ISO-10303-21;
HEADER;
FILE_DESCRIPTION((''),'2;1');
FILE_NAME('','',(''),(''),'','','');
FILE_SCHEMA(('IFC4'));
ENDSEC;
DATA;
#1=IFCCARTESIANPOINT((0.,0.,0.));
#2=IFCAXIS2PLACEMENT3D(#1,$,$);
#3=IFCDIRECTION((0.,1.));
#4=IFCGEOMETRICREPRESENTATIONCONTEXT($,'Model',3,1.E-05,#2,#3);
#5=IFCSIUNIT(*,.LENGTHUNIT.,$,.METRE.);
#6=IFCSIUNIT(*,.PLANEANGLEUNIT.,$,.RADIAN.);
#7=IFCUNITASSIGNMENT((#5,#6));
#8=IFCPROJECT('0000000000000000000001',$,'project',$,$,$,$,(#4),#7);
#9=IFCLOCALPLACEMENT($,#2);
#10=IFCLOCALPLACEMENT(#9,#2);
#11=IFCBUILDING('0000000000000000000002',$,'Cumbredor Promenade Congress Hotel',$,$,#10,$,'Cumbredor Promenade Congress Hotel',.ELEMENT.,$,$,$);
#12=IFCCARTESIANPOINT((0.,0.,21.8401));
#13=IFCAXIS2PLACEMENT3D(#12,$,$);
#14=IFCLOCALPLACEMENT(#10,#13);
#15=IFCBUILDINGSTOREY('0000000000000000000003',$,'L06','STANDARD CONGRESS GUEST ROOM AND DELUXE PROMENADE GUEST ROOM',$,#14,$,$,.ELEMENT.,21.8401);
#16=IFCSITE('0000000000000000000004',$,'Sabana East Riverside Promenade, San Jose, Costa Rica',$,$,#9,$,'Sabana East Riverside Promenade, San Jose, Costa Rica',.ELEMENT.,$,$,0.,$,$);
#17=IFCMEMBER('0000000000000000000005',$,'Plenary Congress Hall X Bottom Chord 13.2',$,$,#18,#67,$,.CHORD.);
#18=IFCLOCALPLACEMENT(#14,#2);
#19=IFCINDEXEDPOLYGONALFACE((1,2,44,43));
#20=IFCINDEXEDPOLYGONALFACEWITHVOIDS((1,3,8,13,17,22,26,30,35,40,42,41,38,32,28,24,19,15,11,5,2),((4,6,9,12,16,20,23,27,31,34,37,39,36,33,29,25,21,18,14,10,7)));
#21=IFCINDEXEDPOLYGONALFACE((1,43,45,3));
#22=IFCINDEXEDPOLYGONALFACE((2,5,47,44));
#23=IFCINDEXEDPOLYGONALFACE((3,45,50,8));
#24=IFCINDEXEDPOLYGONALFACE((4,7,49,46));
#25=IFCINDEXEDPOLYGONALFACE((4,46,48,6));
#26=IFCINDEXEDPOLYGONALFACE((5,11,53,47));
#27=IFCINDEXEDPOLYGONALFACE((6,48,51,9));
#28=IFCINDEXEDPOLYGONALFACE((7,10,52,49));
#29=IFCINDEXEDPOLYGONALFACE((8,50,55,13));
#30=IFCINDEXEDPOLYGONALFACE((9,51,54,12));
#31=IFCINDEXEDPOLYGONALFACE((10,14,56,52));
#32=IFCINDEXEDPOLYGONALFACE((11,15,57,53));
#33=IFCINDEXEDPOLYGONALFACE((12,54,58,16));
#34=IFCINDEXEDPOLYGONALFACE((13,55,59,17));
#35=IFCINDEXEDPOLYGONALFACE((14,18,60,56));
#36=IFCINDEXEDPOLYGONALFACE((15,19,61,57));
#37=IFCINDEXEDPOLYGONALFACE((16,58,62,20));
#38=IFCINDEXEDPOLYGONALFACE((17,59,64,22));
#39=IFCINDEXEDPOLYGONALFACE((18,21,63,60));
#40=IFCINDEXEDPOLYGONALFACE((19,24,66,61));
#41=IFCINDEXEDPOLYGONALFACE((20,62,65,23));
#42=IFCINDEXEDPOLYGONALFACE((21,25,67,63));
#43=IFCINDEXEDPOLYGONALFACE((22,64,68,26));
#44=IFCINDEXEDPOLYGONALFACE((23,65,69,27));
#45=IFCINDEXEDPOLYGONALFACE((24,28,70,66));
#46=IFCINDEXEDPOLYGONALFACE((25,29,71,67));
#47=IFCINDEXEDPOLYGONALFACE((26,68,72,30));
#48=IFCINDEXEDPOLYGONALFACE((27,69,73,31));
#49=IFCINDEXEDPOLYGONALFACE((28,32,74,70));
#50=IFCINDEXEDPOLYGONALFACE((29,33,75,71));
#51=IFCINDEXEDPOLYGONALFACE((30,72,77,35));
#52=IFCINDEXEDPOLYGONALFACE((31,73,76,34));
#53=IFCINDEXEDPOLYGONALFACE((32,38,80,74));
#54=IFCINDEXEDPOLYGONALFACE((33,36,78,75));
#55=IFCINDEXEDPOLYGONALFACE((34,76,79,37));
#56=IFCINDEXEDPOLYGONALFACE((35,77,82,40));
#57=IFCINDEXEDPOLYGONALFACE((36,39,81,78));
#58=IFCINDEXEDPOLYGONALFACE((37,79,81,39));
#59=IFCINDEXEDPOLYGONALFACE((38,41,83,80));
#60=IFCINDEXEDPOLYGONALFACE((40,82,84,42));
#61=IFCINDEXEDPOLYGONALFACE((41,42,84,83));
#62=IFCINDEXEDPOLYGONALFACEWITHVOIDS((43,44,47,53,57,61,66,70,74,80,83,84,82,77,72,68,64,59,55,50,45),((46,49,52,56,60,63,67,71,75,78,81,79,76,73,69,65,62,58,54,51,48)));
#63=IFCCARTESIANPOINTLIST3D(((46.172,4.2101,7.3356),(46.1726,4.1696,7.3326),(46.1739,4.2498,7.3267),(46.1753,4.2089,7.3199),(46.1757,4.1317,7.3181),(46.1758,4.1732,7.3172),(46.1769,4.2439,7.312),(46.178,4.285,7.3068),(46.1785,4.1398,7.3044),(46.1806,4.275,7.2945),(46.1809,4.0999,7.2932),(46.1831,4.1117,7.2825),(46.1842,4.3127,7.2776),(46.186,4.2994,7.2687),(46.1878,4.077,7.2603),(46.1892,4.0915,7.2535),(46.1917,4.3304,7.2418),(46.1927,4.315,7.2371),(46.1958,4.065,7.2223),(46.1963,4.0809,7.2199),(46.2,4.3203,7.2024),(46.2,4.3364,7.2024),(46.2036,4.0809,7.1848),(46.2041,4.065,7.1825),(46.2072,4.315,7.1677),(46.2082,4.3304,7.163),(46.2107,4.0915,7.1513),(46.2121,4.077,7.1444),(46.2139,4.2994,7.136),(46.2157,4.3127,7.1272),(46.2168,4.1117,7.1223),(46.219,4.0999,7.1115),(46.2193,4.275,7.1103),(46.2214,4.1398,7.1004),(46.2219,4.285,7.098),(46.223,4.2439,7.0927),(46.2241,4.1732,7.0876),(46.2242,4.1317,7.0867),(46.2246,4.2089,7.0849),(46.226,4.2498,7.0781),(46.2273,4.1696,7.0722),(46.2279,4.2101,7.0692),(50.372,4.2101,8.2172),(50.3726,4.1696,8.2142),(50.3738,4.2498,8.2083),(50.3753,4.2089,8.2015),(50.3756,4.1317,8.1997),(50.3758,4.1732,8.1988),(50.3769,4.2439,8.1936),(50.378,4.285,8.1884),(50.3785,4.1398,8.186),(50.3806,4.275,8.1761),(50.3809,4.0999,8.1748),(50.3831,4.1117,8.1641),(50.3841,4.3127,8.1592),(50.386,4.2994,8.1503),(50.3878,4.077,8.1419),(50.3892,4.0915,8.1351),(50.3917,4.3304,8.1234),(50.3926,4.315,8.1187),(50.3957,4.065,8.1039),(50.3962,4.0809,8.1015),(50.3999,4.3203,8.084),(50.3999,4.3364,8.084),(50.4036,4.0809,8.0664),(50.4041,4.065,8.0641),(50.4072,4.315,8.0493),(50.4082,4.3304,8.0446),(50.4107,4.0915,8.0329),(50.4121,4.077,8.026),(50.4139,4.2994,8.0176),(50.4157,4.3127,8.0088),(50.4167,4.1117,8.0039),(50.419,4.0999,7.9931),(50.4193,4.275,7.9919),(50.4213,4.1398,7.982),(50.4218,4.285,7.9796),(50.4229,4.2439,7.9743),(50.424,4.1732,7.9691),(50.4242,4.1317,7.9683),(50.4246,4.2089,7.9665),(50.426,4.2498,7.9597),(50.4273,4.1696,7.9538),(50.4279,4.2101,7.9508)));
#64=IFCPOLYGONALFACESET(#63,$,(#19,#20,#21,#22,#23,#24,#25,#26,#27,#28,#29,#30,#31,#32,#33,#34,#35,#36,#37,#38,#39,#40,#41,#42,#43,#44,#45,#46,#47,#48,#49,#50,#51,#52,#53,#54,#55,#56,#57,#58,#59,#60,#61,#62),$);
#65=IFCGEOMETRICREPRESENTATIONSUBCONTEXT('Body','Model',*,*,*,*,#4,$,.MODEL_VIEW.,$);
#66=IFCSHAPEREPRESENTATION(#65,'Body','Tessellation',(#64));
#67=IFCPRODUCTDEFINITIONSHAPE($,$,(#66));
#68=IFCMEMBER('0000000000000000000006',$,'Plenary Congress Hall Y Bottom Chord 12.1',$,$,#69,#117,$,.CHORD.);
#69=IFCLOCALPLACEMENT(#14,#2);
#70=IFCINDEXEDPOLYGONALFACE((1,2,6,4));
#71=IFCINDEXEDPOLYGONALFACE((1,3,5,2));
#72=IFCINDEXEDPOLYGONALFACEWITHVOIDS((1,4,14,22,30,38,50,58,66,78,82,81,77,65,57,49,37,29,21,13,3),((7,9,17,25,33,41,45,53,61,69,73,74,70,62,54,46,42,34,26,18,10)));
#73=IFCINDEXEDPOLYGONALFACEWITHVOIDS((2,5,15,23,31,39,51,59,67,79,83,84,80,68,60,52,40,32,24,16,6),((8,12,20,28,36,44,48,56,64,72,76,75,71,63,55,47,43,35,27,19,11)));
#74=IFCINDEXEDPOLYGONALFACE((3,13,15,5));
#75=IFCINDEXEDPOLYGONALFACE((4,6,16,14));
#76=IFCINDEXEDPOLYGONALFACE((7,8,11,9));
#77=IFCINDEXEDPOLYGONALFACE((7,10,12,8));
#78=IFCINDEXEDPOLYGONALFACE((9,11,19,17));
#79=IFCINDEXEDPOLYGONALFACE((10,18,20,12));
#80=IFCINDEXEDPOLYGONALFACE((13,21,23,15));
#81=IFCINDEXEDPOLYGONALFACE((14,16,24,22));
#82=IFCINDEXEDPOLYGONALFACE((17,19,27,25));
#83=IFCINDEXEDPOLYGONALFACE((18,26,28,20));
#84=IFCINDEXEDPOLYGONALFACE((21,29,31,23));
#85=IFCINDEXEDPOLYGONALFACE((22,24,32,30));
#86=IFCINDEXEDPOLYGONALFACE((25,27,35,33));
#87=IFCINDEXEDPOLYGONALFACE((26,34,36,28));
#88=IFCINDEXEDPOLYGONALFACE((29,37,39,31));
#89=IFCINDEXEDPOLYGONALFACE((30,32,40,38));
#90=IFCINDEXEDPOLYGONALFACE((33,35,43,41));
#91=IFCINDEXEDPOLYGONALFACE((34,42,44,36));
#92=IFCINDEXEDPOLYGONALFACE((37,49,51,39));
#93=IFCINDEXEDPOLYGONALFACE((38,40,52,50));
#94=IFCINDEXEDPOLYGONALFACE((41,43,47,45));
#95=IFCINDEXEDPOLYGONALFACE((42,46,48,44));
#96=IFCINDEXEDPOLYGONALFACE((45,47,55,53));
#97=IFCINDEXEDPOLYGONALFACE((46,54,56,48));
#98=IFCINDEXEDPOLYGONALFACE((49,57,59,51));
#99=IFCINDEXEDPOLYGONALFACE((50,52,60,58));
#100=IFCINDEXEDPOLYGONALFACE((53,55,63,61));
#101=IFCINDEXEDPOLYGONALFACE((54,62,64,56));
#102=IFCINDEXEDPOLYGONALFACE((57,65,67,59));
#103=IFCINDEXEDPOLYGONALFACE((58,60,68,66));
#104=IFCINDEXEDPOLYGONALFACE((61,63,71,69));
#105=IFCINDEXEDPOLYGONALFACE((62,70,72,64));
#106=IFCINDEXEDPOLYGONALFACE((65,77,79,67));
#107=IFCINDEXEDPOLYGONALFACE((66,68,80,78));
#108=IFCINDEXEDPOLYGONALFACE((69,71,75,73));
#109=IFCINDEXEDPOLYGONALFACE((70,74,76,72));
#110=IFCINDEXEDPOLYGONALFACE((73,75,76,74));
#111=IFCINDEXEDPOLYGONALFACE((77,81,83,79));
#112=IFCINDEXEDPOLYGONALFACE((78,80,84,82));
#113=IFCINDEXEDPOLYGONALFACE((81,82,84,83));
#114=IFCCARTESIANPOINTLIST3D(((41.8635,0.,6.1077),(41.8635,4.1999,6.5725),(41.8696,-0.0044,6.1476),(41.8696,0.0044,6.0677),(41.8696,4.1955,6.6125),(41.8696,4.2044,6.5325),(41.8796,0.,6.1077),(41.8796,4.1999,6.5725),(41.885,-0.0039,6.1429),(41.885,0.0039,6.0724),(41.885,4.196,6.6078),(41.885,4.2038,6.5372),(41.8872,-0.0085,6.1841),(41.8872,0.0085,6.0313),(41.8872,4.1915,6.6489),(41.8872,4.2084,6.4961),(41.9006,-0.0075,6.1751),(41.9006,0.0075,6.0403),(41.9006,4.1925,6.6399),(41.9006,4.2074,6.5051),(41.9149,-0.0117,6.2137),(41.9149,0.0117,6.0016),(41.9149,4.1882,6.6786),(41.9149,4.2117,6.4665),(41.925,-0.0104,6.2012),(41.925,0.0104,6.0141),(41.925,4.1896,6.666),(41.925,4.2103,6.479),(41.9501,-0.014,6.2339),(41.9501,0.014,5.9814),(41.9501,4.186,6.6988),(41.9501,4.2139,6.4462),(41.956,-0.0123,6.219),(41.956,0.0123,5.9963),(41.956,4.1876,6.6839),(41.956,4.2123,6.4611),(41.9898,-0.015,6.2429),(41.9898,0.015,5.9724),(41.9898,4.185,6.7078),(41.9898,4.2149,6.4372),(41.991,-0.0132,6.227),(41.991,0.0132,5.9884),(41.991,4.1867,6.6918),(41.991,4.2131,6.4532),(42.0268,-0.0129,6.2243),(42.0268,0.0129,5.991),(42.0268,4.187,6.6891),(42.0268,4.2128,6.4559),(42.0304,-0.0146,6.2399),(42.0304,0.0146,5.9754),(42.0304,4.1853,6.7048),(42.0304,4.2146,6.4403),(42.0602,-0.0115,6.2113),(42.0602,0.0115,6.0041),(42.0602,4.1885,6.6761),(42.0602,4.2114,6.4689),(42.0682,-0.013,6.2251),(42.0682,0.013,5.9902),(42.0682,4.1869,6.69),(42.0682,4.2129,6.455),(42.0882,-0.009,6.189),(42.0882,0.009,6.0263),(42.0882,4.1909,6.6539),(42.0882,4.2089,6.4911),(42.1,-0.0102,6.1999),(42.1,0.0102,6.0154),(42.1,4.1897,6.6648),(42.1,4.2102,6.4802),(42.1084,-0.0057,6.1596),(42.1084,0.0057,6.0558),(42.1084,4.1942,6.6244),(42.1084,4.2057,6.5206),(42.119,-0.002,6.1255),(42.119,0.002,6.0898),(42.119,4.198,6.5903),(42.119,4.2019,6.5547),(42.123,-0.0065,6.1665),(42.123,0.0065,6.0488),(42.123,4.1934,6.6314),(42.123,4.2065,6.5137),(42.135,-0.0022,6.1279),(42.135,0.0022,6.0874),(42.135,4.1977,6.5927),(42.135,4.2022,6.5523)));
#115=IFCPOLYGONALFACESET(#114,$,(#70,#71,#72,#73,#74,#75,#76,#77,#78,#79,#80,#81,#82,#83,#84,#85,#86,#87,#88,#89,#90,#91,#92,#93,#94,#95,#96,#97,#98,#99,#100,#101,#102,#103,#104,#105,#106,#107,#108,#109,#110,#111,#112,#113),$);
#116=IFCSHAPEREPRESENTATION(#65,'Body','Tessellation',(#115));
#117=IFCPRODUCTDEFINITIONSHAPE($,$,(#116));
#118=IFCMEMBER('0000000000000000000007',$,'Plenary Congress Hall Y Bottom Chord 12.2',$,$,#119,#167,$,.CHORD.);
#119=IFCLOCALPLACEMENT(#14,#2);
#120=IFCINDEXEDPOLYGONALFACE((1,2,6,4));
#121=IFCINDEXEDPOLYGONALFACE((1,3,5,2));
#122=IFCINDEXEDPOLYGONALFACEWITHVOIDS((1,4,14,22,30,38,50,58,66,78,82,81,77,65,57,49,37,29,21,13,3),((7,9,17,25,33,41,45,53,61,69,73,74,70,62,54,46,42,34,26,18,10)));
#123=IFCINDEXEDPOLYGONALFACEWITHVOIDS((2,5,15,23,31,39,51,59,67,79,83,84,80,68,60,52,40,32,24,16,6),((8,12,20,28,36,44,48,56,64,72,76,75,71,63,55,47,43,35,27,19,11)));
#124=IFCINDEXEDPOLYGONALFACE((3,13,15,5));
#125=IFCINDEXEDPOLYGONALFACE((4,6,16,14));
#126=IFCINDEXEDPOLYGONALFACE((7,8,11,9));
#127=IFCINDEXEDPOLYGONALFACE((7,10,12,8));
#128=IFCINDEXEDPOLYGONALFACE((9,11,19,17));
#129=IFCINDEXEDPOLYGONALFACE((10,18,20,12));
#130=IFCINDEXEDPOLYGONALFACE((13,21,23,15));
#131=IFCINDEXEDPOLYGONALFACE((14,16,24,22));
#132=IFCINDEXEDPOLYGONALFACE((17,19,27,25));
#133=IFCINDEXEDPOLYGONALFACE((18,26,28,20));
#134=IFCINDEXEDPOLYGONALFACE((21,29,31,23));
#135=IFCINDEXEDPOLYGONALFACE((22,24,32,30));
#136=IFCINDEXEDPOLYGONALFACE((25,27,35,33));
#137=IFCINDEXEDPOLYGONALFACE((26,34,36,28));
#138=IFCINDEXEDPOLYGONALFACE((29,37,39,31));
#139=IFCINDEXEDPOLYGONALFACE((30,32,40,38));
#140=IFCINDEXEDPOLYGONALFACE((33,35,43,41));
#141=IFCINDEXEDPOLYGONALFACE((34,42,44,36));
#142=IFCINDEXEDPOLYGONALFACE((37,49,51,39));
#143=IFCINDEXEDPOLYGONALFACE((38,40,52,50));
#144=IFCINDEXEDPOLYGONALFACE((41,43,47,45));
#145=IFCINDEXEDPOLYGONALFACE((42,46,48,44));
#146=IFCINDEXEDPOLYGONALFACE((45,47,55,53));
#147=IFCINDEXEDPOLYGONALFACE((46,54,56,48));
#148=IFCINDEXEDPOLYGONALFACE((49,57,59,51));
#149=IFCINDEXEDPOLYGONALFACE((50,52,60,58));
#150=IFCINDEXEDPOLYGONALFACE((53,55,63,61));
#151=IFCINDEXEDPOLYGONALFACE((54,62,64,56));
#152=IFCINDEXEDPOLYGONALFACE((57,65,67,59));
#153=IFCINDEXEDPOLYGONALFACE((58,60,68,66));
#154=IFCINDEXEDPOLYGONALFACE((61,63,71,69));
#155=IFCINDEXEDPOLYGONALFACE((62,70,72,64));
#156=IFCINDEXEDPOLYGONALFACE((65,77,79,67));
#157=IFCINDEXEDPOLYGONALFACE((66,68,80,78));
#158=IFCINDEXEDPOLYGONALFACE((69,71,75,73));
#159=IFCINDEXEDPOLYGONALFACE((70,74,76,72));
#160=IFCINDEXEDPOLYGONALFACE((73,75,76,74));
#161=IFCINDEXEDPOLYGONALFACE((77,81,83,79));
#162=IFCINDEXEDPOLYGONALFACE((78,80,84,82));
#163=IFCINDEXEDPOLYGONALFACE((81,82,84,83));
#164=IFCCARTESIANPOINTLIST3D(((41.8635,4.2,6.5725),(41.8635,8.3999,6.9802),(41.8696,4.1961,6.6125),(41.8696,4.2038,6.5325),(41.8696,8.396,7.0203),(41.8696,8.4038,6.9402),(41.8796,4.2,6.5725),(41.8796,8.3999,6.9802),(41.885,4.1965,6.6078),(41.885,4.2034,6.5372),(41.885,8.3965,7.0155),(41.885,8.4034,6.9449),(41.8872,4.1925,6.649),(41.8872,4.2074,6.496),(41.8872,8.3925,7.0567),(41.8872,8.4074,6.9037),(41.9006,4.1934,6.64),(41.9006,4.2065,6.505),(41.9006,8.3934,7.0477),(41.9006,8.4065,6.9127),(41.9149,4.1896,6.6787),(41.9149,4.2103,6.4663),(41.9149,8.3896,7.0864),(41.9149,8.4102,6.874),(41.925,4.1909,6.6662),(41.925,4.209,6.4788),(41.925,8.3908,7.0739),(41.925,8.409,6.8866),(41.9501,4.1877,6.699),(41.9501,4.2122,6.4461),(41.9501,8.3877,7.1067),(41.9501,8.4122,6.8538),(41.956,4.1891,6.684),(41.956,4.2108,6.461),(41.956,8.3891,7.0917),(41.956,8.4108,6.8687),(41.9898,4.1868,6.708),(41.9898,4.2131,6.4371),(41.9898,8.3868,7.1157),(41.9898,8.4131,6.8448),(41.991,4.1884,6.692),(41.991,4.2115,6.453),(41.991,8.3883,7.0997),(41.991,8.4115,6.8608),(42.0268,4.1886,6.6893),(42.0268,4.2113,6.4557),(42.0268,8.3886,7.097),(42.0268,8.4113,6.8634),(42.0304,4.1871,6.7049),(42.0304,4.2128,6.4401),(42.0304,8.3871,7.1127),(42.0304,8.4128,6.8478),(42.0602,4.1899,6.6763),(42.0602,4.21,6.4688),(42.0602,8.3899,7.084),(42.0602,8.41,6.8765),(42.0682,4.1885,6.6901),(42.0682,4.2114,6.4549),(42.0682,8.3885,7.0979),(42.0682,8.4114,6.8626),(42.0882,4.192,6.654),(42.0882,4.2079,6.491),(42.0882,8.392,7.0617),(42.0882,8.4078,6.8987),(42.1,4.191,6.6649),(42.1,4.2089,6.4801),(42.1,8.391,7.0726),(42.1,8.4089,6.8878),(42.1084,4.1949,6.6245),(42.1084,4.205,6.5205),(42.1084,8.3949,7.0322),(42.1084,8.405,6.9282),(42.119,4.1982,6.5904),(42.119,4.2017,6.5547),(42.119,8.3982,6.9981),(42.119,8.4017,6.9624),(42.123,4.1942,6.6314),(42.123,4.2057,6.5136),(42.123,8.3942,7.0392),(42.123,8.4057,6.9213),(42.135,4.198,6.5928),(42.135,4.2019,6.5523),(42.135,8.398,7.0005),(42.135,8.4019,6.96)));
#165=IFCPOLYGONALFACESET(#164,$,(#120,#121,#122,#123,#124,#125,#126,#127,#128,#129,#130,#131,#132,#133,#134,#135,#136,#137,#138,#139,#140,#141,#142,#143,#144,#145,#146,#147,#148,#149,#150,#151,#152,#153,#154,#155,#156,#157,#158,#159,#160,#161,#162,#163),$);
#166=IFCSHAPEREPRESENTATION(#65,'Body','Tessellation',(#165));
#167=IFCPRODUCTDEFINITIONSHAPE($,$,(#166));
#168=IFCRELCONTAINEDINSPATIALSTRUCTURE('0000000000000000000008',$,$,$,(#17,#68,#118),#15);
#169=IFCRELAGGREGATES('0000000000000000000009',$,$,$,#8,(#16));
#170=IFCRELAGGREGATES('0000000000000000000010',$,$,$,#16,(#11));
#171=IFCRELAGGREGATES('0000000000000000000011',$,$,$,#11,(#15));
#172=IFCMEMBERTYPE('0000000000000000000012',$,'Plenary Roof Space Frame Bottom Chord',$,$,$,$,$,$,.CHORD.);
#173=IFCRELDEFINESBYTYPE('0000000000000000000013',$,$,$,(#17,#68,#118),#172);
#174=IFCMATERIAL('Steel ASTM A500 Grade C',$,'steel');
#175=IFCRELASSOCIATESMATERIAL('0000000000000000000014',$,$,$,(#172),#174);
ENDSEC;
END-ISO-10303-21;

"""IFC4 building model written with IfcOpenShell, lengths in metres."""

from ifc_helpers import new_model, si_unit, direction, frame, origin, origin_2d, place, context, subcontext, project, spatial, hollow_circle, extrude, material, material_profile, profile_set, type_object, element, save


model = new_model("IFC4")

# Units and contexts
model_context = context("Model", 3, precision=1e-05, world=origin(), true_north=direction((0.0, 1.0)))
body_context = subcontext(model_context, "Body", "Model", "MODEL_VIEW")
ifc_project = project(units=[si_unit("LENGTHUNIT", "METRE"), si_unit("PLANEANGLEUNIT", "RADIAN")], contexts=[model_context])

# Site, building, storey
site_placement = place(None, origin())
site = spatial("IfcSite", under=ifc_project, at=site_placement, Name="Sabana East Riverside Promenade, San Jose, Costa Rica", LongName="Sabana East Riverside Promenade, San Jose, Costa Rica", CompositionType="ELEMENT", RefElevation=0.0)
building_placement = place(site_placement, origin())
building = spatial("IfcBuilding", under=site, at=building_placement, Name="Cumbredor Promenade Congress Hotel", LongName="Cumbredor Promenade Congress Hotel", CompositionType="ELEMENT")
storey_placement = place(building_placement, frame((0.0, 0.0, 21.8401)))
storey = spatial("IfcBuildingStorey", under=building, at=storey_placement, Name="L06", Description="STANDARD CONGRESS GUEST ROOM AND DELUXE PROMENADE GUEST ROOM", CompositionType="ELEMENT", Elevation=21.8401)

# Members
ifc_material_1 = material(Name="Steel ASTM A500 Grade C", Category="steel")
ifc_material_profile_1 = material_profile(ifc_material_1, hollow_circle(Radius=0.1365, WallThickness=0.0161, at=origin_2d()), Name="CHS 273.0x16")
ifc_profile_set_1 = profile_set([ifc_material_profile_1], Name="Steel ASTM A500 Grade C")
member_type_1 = type_object("IfcMemberType", Name="Plenary Roof Space Frame Bottom Chord", PredefinedType="CHORD", material=ifc_profile_set_1)
member_1_placement = place(storey_placement, frame((46.2, 4.2, 7.2024), z_axis=(0.978672, 0.0, 0.205428), x_axis=(0.0, 1.0, 0.0)))
element("IfcMember", 1, at=member_1_placement, inside=storey, type_object=member_type_1, Name="Plenary Congress Hall X Bottom Chord 13.2", PredefinedType="CHORD", context=body_context, shape_type="SweptSolid", body=[
    extrude(hollow_circle(Radius=0.1365, WallThickness=0.0161, at=origin_2d()), origin(), (0.0, 0.0, 1.0), 4.2915),
])
member_2_placement = place(storey_placement, frame((42.0, 0.0, 6.1077), z_axis=(0.0, 0.993931, 0.110007), x_axis=(-1.0, 0.0, 0.0)))
element("IfcMember", 2, at=member_2_placement, inside=storey, type_object=member_type_1, Name="Plenary Congress Hall Y Bottom Chord 12.1", PredefinedType="CHORD", context=body_context, shape_type="SweptSolid", body=[
    extrude(hollow_circle(Radius=0.1365, WallThickness=0.0161, at=origin_2d()), origin(), (0.0, 0.0, 1.0), 4.2256),
])
member_3_placement = place(storey_placement, frame((42.0, 4.2, 6.5725), z_axis=(0.0, 0.995321, 0.096622), x_axis=(-1.0, 0.0, 0.0)))
element("IfcMember", 3, at=member_3_placement, inside=storey, type_object=member_type_1, Name="Plenary Congress Hall Y Bottom Chord 12.2", PredefinedType="CHORD", context=body_context, shape_type="SweptSolid", body=[
    extrude(hollow_circle(Radius=0.1365, WallThickness=0.0161, at=origin_2d()), origin(), (0.0, 0.0, 1.0), 4.2197),
])

save(model, "model.ifc")
